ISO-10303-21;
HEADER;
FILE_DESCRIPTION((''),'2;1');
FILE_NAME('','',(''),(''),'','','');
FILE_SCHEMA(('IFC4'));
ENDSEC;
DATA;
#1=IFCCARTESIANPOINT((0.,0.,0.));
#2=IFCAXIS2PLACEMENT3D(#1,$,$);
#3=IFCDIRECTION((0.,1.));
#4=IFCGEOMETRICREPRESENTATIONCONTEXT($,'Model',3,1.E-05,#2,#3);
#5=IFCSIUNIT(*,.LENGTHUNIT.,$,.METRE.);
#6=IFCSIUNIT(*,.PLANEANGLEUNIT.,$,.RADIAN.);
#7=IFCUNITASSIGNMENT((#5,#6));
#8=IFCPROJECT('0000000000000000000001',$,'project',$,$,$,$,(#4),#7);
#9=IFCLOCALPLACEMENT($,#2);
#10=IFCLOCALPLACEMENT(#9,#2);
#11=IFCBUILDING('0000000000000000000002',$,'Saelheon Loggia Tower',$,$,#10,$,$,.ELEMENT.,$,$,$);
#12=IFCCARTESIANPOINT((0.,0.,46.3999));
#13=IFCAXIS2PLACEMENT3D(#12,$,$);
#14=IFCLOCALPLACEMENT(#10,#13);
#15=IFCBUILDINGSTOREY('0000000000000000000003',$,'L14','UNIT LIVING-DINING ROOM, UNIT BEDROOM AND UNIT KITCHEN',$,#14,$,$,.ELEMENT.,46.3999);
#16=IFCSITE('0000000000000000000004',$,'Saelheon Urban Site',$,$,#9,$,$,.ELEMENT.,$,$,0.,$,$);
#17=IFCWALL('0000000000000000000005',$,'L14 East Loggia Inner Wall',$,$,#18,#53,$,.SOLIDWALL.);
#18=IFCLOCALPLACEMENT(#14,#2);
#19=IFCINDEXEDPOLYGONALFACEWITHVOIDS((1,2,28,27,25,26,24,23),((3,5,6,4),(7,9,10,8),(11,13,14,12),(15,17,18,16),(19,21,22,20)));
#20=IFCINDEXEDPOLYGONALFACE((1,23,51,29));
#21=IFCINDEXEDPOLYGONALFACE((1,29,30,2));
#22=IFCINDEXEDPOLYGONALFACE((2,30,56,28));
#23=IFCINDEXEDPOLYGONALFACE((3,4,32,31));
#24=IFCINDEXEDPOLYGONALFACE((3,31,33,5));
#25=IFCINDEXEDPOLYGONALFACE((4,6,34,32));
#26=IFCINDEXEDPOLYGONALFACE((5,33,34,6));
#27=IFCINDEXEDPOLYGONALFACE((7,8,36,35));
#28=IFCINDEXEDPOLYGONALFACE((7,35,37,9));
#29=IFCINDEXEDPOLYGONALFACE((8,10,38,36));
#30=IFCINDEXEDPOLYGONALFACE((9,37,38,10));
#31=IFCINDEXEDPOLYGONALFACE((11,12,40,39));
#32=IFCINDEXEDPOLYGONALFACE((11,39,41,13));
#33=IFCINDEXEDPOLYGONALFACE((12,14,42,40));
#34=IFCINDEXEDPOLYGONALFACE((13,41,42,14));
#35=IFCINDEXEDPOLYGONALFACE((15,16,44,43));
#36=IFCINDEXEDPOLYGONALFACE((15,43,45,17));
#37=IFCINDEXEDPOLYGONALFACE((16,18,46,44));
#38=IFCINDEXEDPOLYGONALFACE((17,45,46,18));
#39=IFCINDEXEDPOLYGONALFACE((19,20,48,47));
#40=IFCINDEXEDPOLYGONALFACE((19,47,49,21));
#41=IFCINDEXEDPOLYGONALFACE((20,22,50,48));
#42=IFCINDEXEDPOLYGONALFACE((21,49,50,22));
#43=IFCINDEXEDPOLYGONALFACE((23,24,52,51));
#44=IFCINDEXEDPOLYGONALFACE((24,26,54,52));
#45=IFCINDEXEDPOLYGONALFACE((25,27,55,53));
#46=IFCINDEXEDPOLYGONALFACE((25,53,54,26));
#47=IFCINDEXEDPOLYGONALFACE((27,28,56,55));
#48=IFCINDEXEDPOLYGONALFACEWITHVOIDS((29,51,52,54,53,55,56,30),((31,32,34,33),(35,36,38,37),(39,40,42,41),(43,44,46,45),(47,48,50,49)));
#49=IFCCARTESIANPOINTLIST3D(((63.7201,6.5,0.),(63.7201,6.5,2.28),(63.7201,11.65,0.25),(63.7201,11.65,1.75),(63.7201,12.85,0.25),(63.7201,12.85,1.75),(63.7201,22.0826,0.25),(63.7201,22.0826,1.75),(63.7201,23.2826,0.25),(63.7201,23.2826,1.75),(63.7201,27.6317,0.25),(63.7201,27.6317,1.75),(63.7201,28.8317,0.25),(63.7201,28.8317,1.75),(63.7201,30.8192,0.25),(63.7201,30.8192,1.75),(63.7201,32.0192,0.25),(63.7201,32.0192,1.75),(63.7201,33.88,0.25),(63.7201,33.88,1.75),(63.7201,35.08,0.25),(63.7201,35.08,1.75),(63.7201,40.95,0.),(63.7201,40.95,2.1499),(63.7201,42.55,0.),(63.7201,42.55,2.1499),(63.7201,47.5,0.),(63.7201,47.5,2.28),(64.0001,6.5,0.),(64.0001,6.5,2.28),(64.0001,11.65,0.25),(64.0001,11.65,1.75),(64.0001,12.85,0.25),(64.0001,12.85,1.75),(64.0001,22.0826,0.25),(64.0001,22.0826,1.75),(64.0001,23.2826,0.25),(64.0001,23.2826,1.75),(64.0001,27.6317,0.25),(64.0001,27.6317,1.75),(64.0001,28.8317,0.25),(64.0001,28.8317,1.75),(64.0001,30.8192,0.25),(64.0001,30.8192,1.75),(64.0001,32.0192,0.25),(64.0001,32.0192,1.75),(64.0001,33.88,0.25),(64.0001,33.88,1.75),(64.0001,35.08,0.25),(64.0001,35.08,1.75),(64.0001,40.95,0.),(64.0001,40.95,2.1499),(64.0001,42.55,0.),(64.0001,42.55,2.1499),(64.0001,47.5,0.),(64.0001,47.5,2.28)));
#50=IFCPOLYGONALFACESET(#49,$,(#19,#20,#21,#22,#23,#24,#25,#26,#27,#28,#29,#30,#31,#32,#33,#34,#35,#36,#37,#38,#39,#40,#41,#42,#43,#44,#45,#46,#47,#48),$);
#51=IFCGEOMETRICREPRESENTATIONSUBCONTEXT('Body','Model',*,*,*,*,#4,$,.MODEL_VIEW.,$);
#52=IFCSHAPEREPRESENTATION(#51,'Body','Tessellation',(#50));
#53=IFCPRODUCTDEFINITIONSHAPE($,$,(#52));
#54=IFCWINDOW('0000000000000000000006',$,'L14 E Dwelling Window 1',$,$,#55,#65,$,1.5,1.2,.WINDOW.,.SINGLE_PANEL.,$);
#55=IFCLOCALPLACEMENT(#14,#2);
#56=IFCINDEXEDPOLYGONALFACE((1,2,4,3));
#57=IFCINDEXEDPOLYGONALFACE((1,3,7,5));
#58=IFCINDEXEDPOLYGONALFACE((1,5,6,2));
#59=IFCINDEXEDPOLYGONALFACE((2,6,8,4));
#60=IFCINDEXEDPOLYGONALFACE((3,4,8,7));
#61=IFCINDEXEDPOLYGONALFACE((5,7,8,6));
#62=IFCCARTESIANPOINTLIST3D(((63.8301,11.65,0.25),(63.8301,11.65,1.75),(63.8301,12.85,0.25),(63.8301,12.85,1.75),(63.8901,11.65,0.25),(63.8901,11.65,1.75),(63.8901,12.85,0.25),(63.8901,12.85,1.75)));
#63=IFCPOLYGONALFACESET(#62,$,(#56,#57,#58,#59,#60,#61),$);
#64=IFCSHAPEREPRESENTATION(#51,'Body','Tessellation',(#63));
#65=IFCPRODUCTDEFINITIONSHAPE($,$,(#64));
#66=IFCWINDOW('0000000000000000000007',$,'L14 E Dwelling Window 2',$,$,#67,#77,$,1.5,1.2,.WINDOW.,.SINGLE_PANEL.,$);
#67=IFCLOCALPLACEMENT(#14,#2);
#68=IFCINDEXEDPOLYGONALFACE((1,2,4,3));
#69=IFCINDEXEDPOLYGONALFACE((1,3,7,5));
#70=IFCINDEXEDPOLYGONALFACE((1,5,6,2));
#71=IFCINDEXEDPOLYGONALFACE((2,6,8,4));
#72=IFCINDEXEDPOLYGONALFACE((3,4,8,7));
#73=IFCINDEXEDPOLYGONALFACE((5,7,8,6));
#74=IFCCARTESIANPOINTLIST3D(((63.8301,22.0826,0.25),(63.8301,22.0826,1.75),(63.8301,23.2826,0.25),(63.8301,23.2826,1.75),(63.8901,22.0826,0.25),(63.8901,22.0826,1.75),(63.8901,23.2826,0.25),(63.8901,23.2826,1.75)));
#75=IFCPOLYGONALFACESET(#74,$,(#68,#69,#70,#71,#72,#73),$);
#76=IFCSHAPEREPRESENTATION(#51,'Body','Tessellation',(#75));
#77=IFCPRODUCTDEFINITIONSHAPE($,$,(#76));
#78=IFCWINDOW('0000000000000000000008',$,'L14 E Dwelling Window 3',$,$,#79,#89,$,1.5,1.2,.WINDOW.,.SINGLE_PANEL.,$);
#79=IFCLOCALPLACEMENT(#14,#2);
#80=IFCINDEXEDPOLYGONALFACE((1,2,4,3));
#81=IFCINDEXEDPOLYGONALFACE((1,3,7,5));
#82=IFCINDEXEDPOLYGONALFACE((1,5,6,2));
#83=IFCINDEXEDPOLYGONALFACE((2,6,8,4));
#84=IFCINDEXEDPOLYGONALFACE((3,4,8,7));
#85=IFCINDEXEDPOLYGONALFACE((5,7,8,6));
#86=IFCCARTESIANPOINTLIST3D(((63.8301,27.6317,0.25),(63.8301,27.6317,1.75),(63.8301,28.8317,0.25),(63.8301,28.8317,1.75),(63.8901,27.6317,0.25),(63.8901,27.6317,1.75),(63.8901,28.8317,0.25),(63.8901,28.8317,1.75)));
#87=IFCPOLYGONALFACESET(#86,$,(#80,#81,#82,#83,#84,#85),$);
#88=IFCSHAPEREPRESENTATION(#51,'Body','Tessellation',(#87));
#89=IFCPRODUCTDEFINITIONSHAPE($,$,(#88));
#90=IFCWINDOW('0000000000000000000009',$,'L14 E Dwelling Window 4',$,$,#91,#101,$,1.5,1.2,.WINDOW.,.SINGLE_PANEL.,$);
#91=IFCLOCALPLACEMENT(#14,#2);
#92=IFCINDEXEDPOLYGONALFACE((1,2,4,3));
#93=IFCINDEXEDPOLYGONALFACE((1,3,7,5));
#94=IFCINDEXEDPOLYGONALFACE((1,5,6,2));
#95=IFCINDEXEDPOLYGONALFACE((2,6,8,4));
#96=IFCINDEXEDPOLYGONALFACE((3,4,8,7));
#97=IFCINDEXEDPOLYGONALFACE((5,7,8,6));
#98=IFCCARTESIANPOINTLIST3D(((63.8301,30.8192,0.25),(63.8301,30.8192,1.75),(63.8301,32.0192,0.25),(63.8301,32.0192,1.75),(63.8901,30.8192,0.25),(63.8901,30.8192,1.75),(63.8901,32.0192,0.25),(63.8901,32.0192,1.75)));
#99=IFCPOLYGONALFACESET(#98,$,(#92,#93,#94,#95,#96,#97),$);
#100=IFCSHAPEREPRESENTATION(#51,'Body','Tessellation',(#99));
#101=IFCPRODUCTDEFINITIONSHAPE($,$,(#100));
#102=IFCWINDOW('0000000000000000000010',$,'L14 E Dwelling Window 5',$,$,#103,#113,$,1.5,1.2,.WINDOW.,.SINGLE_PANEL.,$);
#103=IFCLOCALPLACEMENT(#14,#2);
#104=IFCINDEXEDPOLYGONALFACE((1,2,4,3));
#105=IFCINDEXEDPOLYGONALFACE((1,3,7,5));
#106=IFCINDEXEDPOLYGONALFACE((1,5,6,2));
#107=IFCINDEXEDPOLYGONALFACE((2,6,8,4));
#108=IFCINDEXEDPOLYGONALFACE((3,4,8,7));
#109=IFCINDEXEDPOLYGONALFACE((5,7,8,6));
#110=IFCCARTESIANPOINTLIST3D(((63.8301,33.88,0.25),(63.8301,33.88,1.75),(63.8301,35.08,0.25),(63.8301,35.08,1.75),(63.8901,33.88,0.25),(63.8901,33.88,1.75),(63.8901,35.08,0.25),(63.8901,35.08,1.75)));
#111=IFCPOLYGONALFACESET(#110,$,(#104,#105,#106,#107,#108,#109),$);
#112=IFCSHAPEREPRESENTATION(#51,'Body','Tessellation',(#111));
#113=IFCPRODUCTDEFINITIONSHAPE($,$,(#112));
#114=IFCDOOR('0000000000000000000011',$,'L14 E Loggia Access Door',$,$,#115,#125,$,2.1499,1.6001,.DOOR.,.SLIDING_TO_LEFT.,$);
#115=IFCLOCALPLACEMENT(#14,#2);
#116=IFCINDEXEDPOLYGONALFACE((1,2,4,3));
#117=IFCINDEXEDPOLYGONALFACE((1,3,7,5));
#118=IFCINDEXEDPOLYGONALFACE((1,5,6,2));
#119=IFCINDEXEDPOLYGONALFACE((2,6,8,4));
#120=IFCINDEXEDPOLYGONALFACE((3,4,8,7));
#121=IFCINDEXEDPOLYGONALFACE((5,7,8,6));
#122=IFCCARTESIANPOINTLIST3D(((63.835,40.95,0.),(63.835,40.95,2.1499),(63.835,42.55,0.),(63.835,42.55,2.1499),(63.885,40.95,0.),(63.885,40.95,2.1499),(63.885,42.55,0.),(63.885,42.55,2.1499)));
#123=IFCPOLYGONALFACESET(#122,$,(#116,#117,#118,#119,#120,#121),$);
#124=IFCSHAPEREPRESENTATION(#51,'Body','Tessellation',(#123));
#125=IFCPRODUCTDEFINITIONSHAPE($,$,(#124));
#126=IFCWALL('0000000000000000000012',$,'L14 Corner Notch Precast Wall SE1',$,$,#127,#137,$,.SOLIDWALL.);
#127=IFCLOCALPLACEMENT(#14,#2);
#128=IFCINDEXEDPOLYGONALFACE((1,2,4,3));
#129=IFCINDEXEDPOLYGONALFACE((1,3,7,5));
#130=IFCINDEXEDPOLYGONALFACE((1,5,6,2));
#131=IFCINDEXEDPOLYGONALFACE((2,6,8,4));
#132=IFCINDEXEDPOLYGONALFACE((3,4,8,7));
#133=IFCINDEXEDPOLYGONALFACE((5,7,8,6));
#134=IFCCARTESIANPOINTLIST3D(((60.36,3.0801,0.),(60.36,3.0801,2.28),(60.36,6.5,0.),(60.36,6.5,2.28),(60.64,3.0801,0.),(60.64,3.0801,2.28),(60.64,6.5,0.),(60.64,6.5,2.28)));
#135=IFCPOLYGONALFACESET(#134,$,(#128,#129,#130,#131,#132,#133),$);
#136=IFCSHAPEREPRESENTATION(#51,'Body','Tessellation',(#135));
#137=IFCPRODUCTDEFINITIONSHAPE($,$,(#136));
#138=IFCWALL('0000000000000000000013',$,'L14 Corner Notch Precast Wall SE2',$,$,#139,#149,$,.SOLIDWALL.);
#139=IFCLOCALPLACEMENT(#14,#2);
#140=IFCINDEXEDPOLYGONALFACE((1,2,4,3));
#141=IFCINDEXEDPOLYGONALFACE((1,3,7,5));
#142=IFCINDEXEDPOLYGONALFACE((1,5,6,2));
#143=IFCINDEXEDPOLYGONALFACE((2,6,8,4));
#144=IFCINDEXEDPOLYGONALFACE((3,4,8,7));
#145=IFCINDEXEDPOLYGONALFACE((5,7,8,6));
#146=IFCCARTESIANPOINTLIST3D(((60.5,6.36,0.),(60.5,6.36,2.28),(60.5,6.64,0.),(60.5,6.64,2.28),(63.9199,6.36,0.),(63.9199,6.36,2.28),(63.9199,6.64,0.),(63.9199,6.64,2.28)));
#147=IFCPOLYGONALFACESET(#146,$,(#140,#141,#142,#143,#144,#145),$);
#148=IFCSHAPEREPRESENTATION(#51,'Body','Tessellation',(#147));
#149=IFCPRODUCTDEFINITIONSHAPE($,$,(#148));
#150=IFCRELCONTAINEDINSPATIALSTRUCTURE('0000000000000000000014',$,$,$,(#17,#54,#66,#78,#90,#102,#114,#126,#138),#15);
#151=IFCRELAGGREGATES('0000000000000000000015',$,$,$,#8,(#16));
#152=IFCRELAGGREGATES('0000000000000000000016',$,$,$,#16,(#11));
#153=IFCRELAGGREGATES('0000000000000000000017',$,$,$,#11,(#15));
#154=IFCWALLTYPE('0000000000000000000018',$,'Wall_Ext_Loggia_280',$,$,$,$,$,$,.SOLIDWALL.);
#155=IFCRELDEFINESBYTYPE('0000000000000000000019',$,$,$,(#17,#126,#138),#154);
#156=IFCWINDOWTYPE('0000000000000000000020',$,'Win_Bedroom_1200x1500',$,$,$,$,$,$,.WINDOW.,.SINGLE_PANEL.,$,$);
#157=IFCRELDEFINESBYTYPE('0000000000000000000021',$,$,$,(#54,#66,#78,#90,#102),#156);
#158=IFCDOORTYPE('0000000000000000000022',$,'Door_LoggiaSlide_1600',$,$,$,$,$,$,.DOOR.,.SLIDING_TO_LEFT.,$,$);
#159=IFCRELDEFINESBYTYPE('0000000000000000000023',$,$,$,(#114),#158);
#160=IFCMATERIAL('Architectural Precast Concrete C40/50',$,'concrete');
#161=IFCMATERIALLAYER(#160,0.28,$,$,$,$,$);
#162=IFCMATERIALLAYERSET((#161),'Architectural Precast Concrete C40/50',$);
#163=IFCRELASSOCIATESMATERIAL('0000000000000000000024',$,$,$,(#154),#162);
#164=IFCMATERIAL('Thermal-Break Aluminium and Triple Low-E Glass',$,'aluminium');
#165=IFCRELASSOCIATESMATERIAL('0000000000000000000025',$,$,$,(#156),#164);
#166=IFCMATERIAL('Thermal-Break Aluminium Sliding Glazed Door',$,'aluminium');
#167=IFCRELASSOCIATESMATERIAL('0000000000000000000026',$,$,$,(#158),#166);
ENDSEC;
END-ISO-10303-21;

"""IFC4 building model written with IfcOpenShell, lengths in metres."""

from ifc_helpers import new_model, si_unit, direction, frame, frame_2d, origin, place, context, subcontext, project, spatial, rectangle, extrude, source, transform, mapped, material, layer, layer_set, type_object, element, fill, save


model = new_model("IFC4")

# Units and contexts
model_context = context("Model", 3, precision=1e-05, world=origin(), true_north=direction((0.0, 1.0)))
body_context = subcontext(model_context, "Body", "Model", "MODEL_VIEW")
ifc_project = project(units=[si_unit("LENGTHUNIT", "METRE"), si_unit("PLANEANGLEUNIT", "RADIAN")], contexts=[model_context])

# Site, building, storey
site_placement = place(None, origin())
site = spatial("IfcSite", under=ifc_project, at=site_placement, Name="Saelheon Urban Site", CompositionType="ELEMENT", RefElevation=0.0)
building_placement = place(site_placement, origin())
building = spatial("IfcBuilding", under=site, at=building_placement, Name="Saelheon Loggia Tower", CompositionType="ELEMENT")
storey_placement = place(building_placement, frame((0.0, 0.0, 46.3999)))
storey = spatial("IfcBuildingStorey", under=building, at=storey_placement, Name="L14", Description="UNIT LIVING-DINING ROOM, UNIT BEDROOM AND UNIT KITCHEN", CompositionType="ELEMENT", Elevation=46.3999)

# Wall, openings, windows, door
ifc_material_1 = material(Name="Architectural Precast Concrete C40/50", Category="concrete")
ifc_layer_1 = layer(ifc_material_1, 0.28)
ifc_layer_set_1 = layer_set([ifc_layer_1], Name="Architectural Precast Concrete C40/50")
wall_type_1 = type_object("IfcWallType", Name="Wall_Ext_Loggia_280", PredefinedType="SOLIDWALL", material=ifc_layer_set_1)
wall_1_placement = place(storey_placement, frame((63.8601, 6.5, 0.0), z_axis=(0.0, 0.0, 1.0), x_axis=(0.0, 1.0, 0.0)))
wall_1 = element("IfcWall", 1, at=wall_1_placement, inside=storey, type_object=wall_type_1, Name="L14 East Loggia Inner Wall", PredefinedType="SOLIDWALL", context=body_context, shape_type="SweptSolid", body=[
    extrude(rectangle(XDim=41.0, YDim=0.28, at=frame_2d((20.5, 0.0))), origin(), (0.0, 0.0, 1.0), 2.28),
])
opening_1_placement = place(wall_1_placement, frame((5.1499, 0.0, 0.25)))
opening_1 = element("IfcOpeningElement", 2, at=opening_1_placement, cuts=wall_1, PredefinedType="OPENING", context=body_context, shape_type="SweptSolid", body=[
    extrude(rectangle(XDim=1.2, YDim=1.5, at=frame_2d((0.6001, 0.75))), frame((0.0, 0.1521, 0.0), z_axis=(0.0, -1.0, 0.0), x_axis=(1.0, 0.0, 0.0)), (0.0, 0.0, 1.0), 0.304),
])
opening_2_placement = place(wall_1_placement, frame((15.5825, 0.0, 0.25)))
opening_2 = element("IfcOpeningElement", 3, at=opening_2_placement, cuts=wall_1, PredefinedType="OPENING", context=body_context, shape_type="SweptSolid", body=[
    extrude(rectangle(XDim=1.2, YDim=1.5, at=frame_2d((0.6001, 0.75))), frame((0.0, 0.1521, 0.0), z_axis=(0.0, -1.0, 0.0), x_axis=(1.0, 0.0, 0.0)), (0.0, 0.0, 1.0), 0.304),
])
opening_3_placement = place(wall_1_placement, frame((21.1316, 0.0, 0.25)))
opening_3 = element("IfcOpeningElement", 4, at=opening_3_placement, cuts=wall_1, PredefinedType="OPENING", context=body_context, shape_type="SweptSolid", body=[
    extrude(rectangle(XDim=1.2, YDim=1.5, at=frame_2d((0.6001, 0.75))), frame((0.0, 0.1521, 0.0), z_axis=(0.0, -1.0, 0.0), x_axis=(1.0, 0.0, 0.0)), (0.0, 0.0, 1.0), 0.304),
])
opening_4_placement = place(wall_1_placement, frame((24.3191, 0.0, 0.25)))
opening_4 = element("IfcOpeningElement", 5, at=opening_4_placement, cuts=wall_1, PredefinedType="OPENING", context=body_context, shape_type="SweptSolid", body=[
    extrude(rectangle(XDim=1.2, YDim=1.5, at=frame_2d((0.6001, 0.75))), frame((0.0, 0.1521, 0.0), z_axis=(0.0, -1.0, 0.0), x_axis=(1.0, 0.0, 0.0)), (0.0, 0.0, 1.0), 0.304),
])
opening_5_placement = place(wall_1_placement, frame((27.3799, 0.0, 0.25)))
opening_5 = element("IfcOpeningElement", 6, at=opening_5_placement, cuts=wall_1, PredefinedType="OPENING", context=body_context, shape_type="SweptSolid", body=[
    extrude(rectangle(XDim=1.2, YDim=1.5, at=frame_2d((0.6001, 0.75))), frame((0.0, 0.1521, 0.0), z_axis=(0.0, -1.0, 0.0), x_axis=(1.0, 0.0, 0.0)), (0.0, 0.0, 1.0), 0.304),
])
opening_6_placement = place(wall_1_placement, frame((36.05, 0.0, 0.0), z_axis=(0.0, 0.0, 1.0), x_axis=(-1.0, 0.0, 0.0)))
opening_6 = element("IfcOpeningElement", 7, at=opening_6_placement, cuts=wall_1, PredefinedType="OPENING", context=body_context, shape_type="SweptSolid", body=[
    extrude(rectangle(XDim=1.6001, YDim=2.1499, at=frame_2d((0.8, 1.075))), frame((0.0, 0.1521, 0.0), z_axis=(0.0, -1.0, 0.0), x_axis=(1.0, 0.0, 0.0)), (0.0, 0.0, 1.0), 0.304),
])
ifc_material_2 = material(Name="Thermal-Break Aluminium and Triple Low-E Glass", Category="aluminium")
window_type = type_object("IfcWindowType", Name="Win_Bedroom_1200x1500", PartitioningType="SINGLE_PANEL", PredefinedType="WINDOW", material=ifc_material_2)
shared_shape_1 = source(origin(), body_context, "Body", "SweptSolid", [
    extrude(rectangle(XDim=1.2, YDim=1.5, at=frame_2d((0.6001, 0.75))), frame((0.0, 0.03, 0.0), z_axis=(0.0, -1.0, 0.0), x_axis=(1.0, 0.0, 0.0)), (0.0, 0.0, 1.0), 0.0601),
])
window_1_placement = place(opening_1_placement, origin())
window_1 = element("IfcWindow", 8, at=window_1_placement, inside=storey, type_object=window_type, Name="L14 E Dwelling Window 1", OverallHeight=1.5, OverallWidth=1.2, PartitioningType="SINGLE_PANEL", PredefinedType="WINDOW", context=body_context, shape_type="MappedRepresentation", body=[
    mapped(shared_shape_1, transform((0.0, 0.0, 0.0), scale=1.0)),
])
fill(opening_1, window_1)
window_2_placement = place(opening_2_placement, origin())
window_2 = element("IfcWindow", 9, at=window_2_placement, inside=storey, type_object=window_type, Name="L14 E Dwelling Window 2", OverallHeight=1.5, OverallWidth=1.2, PartitioningType="SINGLE_PANEL", PredefinedType="WINDOW", context=body_context, shape_type="MappedRepresentation", body=[
    mapped(shared_shape_1, transform((0.0, 0.0, 0.0), scale=1.0)),
])
fill(opening_2, window_2)
window_3_placement = place(opening_3_placement, origin())
window_3 = element("IfcWindow", 10, at=window_3_placement, inside=storey, type_object=window_type, Name="L14 E Dwelling Window 3", OverallHeight=1.5, OverallWidth=1.2, PartitioningType="SINGLE_PANEL", PredefinedType="WINDOW", context=body_context, shape_type="MappedRepresentation", body=[
    mapped(shared_shape_1, transform((0.0, 0.0, 0.0), scale=1.0)),
])
fill(opening_3, window_3)
window_4_placement = place(opening_4_placement, origin())
window_4 = element("IfcWindow", 11, at=window_4_placement, inside=storey, type_object=window_type, Name="L14 E Dwelling Window 4", OverallHeight=1.5, OverallWidth=1.2, PartitioningType="SINGLE_PANEL", PredefinedType="WINDOW", context=body_context, shape_type="MappedRepresentation", body=[
    mapped(shared_shape_1, transform((0.0, 0.0, 0.0), scale=1.0)),
])
fill(opening_4, window_4)
window_5_placement = place(opening_5_placement, origin())
window_5 = element("IfcWindow", 12, at=window_5_placement, inside=storey, type_object=window_type, Name="L14 E Dwelling Window 5", OverallHeight=1.5, OverallWidth=1.2, PartitioningType="SINGLE_PANEL", PredefinedType="WINDOW", context=body_context, shape_type="MappedRepresentation", body=[
    mapped(shared_shape_1, transform((0.0, 0.0, 0.0), scale=1.0)),
])
fill(opening_5, window_5)
ifc_material_3 = material(Name="Thermal-Break Aluminium Sliding Glazed Door", Category="aluminium")
door_type_1 = type_object("IfcDoorType", Name="Door_LoggiaSlide_1600", OperationType="SLIDING_TO_LEFT", PredefinedType="DOOR", material=ifc_material_3)
shared_shape_2 = source(origin(), body_context, "Body", "SweptSolid", [
    extrude(rectangle(XDim=1.6001, YDim=2.1499, at=frame_2d((0.8, 1.075))), frame((0.0, 0.0249, 0.0), z_axis=(0.0, -1.0, 0.0), x_axis=(1.0, 0.0, 0.0)), (0.0, 0.0, 1.0), 0.05),
])
door_1_placement = place(opening_6_placement, origin())
door_1 = element("IfcDoor", 13, at=door_1_placement, inside=storey, type_object=door_type_1, Name="L14 E Loggia Access Door", OperationType="SLIDING_TO_LEFT", OverallHeight=2.1499, OverallWidth=1.6001, PredefinedType="DOOR", context=body_context, shape_type="MappedRepresentation", body=[
    mapped(shared_shape_2, transform((0.0, 0.0, 0.0), scale=1.0)),
])
fill(opening_6, door_1)

# Walls
for number, where, z_axis, x_axis, name in (
    (14, (60.5, 3.0801, 0.0), (0.0, 0.0, 1.0), (0.0, 1.0, 0.0), "L14 Corner Notch Precast Wall SE1"),
    (15, (60.5, 6.5, 0.0), (0.0, 0.0, 1.0), (1.0, 0.0, 0.0), "L14 Corner Notch Precast Wall SE2"),
):
    element("IfcWall", number, at=place(storey_placement, frame(where, z_axis=z_axis, x_axis=x_axis)), inside=storey, type_object=wall_type_1, Name=name, PredefinedType="SOLIDWALL", context=body_context, shape_type="SweptSolid", body=[
        extrude(rectangle(XDim=3.4199, YDim=0.28, at=frame_2d((1.71, 0.0))), origin(), (0.0, 0.0, 1.0), 2.28),
    ])

save(model, "model.ifc")
